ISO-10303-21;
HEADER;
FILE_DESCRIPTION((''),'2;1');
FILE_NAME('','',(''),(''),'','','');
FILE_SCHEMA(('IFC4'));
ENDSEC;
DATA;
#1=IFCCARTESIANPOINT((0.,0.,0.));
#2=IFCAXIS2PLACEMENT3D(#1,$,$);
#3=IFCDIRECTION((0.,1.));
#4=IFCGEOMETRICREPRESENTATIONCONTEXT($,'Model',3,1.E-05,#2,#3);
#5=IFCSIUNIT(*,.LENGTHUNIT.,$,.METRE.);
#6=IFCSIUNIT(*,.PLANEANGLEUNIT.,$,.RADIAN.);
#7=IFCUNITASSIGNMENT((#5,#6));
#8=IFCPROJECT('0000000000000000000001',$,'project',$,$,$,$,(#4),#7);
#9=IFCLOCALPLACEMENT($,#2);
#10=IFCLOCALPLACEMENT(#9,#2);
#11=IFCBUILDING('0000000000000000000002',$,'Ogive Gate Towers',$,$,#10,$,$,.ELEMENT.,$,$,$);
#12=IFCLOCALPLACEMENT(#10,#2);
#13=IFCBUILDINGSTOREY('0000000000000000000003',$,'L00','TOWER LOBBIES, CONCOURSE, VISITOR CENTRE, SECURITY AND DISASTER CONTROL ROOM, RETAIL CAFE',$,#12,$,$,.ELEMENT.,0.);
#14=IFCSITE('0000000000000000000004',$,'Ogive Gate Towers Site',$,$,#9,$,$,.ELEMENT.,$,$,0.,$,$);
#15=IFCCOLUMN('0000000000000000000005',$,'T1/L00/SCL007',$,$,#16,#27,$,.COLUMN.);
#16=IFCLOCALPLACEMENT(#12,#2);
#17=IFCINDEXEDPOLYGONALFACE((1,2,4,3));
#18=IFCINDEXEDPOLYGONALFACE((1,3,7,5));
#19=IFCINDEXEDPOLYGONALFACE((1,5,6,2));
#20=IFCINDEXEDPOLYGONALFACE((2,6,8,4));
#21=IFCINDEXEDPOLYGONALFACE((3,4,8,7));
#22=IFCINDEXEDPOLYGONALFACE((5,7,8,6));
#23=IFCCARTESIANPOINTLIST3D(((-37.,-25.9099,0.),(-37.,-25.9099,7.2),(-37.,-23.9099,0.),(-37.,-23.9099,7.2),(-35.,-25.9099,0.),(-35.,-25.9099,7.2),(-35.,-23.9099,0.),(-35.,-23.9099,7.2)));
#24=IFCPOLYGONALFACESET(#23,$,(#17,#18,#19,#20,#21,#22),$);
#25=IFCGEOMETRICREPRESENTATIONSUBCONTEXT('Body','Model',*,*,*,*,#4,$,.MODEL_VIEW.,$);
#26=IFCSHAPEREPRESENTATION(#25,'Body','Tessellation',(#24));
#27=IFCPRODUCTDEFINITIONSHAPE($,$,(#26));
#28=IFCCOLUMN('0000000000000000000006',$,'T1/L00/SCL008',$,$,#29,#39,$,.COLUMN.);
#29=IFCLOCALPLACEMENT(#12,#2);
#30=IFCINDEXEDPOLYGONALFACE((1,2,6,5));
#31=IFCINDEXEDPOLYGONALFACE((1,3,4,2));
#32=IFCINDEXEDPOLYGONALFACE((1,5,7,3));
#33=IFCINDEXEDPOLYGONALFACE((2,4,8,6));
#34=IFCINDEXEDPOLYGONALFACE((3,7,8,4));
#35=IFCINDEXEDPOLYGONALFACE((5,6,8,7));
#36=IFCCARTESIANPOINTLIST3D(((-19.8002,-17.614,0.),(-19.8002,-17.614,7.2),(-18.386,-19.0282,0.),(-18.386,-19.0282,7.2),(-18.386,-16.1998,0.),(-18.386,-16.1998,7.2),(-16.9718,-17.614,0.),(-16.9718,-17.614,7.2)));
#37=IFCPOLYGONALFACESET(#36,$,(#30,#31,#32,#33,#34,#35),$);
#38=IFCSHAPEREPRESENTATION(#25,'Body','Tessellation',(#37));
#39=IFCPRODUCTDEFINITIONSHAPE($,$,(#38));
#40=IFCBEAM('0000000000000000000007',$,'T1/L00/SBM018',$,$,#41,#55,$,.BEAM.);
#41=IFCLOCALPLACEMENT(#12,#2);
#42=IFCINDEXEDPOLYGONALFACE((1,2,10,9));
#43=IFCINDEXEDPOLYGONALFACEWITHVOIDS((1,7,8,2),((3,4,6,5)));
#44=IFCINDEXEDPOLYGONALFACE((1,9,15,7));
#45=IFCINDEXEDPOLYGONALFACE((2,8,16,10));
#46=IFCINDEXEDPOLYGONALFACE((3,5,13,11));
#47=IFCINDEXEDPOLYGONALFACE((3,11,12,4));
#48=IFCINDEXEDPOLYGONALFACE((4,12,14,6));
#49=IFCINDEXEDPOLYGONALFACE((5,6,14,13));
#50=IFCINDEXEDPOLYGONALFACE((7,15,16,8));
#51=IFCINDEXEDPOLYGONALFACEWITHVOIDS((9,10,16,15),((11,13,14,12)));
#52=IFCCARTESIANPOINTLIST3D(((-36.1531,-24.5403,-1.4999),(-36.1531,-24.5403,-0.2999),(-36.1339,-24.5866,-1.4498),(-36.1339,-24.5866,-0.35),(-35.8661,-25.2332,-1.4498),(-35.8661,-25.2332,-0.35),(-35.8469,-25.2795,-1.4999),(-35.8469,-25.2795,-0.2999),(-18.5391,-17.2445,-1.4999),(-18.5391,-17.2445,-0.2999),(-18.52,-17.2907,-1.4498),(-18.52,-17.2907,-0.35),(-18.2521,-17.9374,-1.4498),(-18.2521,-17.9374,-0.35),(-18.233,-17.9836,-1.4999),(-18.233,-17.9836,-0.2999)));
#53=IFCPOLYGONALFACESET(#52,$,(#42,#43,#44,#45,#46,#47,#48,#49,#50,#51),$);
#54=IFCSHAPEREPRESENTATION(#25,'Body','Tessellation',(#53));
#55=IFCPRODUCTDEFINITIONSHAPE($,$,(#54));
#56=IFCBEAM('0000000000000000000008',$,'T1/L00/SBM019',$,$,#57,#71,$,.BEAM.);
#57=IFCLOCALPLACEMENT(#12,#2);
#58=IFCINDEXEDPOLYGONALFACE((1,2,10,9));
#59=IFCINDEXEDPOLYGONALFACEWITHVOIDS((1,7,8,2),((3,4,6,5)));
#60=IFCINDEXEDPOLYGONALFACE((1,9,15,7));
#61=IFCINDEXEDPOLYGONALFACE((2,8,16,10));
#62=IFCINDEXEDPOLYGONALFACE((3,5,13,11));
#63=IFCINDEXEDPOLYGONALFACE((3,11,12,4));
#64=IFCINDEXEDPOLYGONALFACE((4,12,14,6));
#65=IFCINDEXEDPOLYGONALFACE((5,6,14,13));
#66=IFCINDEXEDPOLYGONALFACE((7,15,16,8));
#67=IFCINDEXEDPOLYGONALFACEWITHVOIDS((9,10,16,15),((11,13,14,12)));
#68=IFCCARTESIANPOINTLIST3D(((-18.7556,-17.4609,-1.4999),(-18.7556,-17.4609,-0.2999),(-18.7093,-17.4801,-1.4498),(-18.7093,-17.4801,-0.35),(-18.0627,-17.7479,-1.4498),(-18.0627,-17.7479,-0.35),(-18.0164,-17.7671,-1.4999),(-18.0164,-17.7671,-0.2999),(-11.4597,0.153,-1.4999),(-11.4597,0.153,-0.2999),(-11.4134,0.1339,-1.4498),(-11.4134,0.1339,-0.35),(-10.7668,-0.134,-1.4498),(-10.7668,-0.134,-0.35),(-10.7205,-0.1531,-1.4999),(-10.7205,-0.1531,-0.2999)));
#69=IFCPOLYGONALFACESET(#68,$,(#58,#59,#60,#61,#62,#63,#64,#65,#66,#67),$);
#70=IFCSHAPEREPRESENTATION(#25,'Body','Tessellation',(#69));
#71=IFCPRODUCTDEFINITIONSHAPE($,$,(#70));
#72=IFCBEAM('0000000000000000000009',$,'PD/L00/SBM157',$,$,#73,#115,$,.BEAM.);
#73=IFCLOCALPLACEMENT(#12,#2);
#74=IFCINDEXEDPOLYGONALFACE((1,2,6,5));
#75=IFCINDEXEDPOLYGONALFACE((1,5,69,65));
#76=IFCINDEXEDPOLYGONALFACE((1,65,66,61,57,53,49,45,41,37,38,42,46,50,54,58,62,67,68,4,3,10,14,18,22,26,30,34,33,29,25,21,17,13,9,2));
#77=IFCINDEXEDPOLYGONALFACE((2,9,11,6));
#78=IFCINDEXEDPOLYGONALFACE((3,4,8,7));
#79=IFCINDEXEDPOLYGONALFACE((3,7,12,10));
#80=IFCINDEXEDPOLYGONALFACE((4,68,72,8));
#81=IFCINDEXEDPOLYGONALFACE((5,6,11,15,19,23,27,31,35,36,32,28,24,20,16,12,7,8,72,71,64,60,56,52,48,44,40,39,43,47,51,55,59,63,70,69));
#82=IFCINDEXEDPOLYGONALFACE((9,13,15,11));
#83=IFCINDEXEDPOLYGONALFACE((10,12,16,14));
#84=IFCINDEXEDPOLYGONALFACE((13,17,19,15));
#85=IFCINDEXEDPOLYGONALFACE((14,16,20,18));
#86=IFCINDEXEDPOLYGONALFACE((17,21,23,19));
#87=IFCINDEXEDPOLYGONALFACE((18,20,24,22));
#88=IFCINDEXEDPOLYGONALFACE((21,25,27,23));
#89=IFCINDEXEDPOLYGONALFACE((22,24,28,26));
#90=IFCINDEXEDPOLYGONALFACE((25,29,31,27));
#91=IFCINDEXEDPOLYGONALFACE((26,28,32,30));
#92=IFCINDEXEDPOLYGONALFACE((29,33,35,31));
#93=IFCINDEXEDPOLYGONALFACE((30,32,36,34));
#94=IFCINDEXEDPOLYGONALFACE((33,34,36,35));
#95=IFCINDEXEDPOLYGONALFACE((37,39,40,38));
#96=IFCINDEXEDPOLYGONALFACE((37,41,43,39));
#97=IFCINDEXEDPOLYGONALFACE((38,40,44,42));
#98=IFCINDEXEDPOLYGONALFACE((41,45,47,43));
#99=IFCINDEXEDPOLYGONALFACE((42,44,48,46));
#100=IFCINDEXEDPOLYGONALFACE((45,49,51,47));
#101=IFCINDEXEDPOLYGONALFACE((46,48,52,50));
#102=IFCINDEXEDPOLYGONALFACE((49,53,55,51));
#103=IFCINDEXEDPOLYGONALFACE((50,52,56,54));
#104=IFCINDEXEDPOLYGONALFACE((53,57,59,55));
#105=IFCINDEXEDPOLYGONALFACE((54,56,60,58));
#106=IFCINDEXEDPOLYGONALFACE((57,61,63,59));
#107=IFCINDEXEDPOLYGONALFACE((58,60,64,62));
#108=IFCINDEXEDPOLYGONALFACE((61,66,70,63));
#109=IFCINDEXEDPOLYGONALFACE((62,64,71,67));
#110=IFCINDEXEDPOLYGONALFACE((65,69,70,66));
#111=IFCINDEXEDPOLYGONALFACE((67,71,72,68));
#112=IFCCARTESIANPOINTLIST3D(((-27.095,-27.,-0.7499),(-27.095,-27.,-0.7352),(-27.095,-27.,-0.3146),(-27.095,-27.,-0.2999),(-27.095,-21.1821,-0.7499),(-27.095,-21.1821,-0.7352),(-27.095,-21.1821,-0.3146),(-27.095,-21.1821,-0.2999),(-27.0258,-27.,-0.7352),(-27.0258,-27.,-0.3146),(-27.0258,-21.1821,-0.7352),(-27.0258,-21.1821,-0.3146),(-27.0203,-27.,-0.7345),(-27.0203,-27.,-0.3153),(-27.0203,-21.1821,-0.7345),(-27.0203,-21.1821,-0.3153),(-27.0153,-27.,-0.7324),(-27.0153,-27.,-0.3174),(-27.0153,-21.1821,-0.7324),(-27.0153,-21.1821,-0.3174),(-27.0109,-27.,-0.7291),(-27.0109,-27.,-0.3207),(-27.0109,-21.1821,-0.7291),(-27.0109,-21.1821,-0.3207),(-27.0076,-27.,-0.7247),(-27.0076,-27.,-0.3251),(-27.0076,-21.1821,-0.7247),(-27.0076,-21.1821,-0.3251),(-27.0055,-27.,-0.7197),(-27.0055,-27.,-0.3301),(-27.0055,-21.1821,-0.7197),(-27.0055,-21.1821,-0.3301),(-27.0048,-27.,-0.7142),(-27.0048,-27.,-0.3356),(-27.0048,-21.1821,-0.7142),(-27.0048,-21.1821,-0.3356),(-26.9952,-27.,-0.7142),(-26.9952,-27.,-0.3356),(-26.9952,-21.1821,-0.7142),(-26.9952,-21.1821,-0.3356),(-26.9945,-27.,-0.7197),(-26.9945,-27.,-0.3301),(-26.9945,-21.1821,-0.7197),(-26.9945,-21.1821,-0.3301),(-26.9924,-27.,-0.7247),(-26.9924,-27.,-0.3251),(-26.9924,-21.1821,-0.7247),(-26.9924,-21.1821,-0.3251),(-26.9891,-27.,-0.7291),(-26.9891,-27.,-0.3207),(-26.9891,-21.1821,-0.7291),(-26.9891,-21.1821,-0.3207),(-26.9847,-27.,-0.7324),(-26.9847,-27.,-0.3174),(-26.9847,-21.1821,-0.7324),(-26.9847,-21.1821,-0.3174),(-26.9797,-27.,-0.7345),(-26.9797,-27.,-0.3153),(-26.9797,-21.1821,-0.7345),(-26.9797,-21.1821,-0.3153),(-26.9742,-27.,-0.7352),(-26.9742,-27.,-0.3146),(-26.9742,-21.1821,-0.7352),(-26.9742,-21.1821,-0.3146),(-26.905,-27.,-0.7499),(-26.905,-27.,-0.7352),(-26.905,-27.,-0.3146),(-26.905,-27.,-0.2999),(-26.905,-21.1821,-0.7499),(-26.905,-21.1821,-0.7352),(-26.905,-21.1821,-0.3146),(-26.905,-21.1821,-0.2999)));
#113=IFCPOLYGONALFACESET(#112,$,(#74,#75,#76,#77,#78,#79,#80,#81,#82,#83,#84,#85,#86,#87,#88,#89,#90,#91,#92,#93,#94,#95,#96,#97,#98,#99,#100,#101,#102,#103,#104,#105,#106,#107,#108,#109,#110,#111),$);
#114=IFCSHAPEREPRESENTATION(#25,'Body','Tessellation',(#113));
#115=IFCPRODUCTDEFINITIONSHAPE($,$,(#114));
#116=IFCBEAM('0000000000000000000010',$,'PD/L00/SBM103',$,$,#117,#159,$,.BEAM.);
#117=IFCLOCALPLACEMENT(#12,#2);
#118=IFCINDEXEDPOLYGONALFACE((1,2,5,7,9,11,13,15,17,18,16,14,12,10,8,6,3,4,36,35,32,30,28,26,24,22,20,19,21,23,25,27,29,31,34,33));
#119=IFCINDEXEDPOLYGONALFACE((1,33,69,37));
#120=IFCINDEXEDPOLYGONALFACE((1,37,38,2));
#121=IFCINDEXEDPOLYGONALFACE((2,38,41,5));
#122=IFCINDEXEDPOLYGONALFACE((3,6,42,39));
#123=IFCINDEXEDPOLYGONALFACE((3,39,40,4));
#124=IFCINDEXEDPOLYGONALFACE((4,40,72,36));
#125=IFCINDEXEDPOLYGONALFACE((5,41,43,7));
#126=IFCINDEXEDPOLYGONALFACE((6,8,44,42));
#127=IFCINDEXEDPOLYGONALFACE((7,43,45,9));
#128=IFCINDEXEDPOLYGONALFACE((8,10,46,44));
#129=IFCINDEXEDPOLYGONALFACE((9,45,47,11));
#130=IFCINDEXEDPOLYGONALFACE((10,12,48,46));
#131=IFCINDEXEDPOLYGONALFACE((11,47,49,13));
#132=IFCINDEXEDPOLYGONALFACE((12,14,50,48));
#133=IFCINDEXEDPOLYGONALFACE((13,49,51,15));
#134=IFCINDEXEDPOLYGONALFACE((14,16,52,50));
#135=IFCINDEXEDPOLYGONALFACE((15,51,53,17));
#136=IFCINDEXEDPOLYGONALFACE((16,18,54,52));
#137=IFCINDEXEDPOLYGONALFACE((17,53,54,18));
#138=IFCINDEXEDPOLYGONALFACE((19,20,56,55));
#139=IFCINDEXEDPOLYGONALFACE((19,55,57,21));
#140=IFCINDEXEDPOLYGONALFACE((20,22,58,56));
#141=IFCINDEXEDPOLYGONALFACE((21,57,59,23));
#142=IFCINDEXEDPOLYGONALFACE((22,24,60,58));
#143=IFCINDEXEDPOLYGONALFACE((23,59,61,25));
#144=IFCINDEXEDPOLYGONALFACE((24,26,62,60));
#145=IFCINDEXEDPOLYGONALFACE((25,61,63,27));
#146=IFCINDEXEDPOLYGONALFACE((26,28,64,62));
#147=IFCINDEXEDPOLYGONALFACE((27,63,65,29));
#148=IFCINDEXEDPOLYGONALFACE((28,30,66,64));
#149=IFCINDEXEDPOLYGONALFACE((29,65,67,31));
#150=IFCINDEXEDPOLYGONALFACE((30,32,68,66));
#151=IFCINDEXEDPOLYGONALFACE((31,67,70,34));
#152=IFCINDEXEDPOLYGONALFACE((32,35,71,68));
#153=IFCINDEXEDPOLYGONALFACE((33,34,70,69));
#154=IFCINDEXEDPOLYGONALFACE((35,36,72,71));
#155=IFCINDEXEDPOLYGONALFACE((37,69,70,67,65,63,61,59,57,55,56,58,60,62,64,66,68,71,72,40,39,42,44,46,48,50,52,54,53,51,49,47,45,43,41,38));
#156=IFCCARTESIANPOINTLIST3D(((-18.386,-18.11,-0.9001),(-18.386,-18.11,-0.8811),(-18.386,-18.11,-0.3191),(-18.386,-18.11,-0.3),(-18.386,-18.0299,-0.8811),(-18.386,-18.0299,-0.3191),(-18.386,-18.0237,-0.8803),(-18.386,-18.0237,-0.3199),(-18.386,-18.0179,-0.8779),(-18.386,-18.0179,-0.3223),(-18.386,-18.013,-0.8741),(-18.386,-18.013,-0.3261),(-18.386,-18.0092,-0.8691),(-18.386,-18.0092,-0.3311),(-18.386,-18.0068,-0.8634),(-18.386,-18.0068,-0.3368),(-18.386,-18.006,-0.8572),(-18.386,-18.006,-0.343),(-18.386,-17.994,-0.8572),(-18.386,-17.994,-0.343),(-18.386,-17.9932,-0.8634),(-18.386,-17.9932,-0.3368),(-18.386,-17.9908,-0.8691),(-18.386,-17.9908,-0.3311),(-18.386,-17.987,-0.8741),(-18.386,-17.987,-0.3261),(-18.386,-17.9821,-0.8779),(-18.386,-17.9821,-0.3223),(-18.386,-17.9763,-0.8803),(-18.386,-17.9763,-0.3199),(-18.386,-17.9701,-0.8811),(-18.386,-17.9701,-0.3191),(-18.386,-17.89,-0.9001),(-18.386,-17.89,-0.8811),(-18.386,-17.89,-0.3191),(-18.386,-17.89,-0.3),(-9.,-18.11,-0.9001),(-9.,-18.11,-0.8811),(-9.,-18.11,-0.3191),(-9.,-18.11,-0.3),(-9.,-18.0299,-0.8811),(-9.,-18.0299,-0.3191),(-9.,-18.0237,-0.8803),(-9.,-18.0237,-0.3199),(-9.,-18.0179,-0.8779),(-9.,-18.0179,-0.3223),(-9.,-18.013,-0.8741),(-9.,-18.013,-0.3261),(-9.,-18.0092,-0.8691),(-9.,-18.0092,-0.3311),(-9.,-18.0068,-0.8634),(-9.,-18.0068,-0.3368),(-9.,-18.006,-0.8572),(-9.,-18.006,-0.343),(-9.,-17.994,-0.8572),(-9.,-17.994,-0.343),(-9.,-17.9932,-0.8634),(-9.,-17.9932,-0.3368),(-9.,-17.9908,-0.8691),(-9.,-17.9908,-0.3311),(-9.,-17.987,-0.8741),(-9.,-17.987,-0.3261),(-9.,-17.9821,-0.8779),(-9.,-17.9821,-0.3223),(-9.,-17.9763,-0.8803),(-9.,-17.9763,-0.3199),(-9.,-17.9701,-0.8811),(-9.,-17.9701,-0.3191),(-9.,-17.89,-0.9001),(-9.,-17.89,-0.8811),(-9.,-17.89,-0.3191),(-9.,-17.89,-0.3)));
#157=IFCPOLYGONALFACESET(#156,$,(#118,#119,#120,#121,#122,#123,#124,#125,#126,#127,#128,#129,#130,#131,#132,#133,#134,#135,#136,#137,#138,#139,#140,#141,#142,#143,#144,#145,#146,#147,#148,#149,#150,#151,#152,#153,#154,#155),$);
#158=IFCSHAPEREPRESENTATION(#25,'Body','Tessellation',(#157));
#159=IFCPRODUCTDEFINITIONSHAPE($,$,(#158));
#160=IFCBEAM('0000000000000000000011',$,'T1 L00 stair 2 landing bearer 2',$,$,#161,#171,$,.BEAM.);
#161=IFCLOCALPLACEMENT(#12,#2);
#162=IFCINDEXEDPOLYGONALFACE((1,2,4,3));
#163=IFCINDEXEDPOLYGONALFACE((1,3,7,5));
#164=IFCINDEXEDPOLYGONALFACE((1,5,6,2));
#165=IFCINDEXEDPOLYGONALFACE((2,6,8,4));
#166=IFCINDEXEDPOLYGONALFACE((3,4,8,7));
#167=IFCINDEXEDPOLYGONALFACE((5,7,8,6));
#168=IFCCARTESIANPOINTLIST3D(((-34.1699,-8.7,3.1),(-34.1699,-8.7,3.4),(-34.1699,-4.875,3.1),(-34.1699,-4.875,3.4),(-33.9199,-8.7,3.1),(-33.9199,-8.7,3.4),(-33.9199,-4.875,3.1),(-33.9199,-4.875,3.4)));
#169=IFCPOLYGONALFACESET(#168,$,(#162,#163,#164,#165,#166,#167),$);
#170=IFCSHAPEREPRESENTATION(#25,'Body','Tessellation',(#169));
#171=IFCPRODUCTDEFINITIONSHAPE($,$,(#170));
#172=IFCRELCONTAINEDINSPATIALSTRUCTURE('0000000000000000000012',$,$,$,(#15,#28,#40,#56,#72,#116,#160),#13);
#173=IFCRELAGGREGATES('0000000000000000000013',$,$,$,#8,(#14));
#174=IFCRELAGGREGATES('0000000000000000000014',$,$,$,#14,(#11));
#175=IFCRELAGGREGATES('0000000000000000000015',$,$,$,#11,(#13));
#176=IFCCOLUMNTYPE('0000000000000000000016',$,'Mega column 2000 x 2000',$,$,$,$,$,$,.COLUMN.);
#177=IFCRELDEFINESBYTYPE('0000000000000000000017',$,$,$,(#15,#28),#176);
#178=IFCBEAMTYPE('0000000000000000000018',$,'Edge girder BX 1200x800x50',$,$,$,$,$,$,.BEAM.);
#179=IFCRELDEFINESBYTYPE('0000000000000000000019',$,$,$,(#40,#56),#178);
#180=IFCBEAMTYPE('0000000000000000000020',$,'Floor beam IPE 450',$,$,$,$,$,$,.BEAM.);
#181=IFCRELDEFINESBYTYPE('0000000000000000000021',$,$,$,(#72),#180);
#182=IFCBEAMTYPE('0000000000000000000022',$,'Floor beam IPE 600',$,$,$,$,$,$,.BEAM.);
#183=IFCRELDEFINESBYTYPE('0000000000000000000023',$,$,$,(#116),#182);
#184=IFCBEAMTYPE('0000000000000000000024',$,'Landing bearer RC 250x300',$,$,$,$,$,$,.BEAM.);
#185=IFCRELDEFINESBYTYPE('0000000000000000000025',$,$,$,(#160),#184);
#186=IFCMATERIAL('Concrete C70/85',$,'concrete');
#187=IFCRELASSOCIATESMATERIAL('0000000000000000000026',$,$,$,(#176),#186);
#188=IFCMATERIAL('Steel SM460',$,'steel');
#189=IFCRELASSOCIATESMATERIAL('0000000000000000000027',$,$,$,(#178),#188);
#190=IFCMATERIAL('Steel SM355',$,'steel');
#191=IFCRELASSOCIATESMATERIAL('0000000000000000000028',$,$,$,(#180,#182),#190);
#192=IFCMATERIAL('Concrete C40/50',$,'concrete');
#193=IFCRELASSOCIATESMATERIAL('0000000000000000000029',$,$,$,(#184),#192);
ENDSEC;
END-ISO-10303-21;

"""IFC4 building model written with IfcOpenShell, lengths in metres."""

from ifc_helpers import new_model, si_unit, direction, frame, origin, origin_2d, place, context, subcontext, project, spatial, rectangle, hollow_rectangle, i_section, extrude, material, material_profile, profile_set, type_object, element, save


model = new_model("IFC4")

# Units and contexts
model_context = context("Model", 3, precision=1e-05, world=origin(), true_north=direction((0.0, 1.0)))
body_context = subcontext(model_context, "Body", "Model", "MODEL_VIEW")
ifc_project = project(units=[si_unit("LENGTHUNIT", "METRE"), si_unit("PLANEANGLEUNIT", "RADIAN")], contexts=[model_context])

# Site, building, storey
site_placement = place(None, origin())
site = spatial("IfcSite", under=ifc_project, at=site_placement, Name="Ogive Gate Towers Site", CompositionType="ELEMENT", RefElevation=0.0)
building_placement = place(site_placement, origin())
building = spatial("IfcBuilding", under=site, at=building_placement, Name="Ogive Gate Towers", CompositionType="ELEMENT")
storey_placement = place(building_placement, origin())
storey = spatial("IfcBuildingStorey", under=building, at=storey_placement, Name="L00", Description="TOWER LOBBIES, CONCOURSE, VISITOR CENTRE, SECURITY AND DISASTER CONTROL ROOM, RETAIL CAFE", CompositionType="ELEMENT", Elevation=0.0)

# Columns
ifc_material_1 = material(Name="Concrete C70/85", Category="concrete")
ifc_material_profile_1 = material_profile(ifc_material_1, rectangle(XDim=2.0, YDim=2.0, at=origin_2d()), Name="RC 2000x2000")
ifc_profile_set_1 = profile_set([ifc_material_profile_1], Name="Concrete C70/85")
column_type = type_object("IfcColumnType", Name="Mega column 2000 x 2000", PredefinedType="COLUMN", material=ifc_profile_set_1)
for number, where, z_axis, x_axis, name in (
    (1, (-36.0, -24.9099, 0.0), (0.0, 0.0, 1.0), (0.0, -1.0, 0.0), "T1/L00/SCL007"),
    (2, (-18.386, -17.614, 0.0), (0.0, 0.0, 1.0), (0.707107, -0.707107, 0.0), "T1/L00/SCL008"),
):
    element("IfcColumn", number, at=place(storey_placement, frame(where, z_axis=z_axis, x_axis=x_axis)), inside=storey, type_object=column_type, Name=name, PredefinedType="COLUMN", context=body_context, shape_type="SweptSolid", body=[
        extrude(rectangle(XDim=2.0, YDim=2.0, at=origin_2d()), origin(), (0.0, 0.0, 1.0), 7.2),
    ])

# Beams
ifc_material_2 = material(Name="Steel SM460", Category="steel")
ifc_material_profile_2 = material_profile(ifc_material_2, hollow_rectangle(XDim=0.8, YDim=1.2, WallThickness=0.05, at=origin_2d()), Name="BX 1200x800x50")
ifc_profile_set_2 = profile_set([ifc_material_profile_2], Name="Steel SM460")
beam_type_1 = type_object("IfcBeamType", Name="Edge girder BX 1200x800x50", PredefinedType="BEAM", material=ifc_profile_set_2)
for number, where, z_axis, x_axis, name in (
    (3, (-36.0, -24.9099, -0.8999), (0.923881, 0.382681, 0.0), (-0.382681, 0.923881, 0.0), "T1/L00/SBM018"),
    (4, (-18.386, -17.614, -0.8999), (0.382681, 0.923881, 0.0), (-0.923881, 0.382681, 0.0), "T1/L00/SBM019"),
):
    element("IfcBeam", number, at=place(storey_placement, frame(where, z_axis=z_axis, x_axis=x_axis)), inside=storey, type_object=beam_type_1, Name=name, PredefinedType="BEAM", context=body_context, shape_type="SweptSolid", body=[
        extrude(hollow_rectangle(XDim=0.8, YDim=1.2, WallThickness=0.05, at=origin_2d()), origin(), (0.0, 0.0, 1.0), 19.0652),
    ])
ifc_material_3 = material(Name="Steel SM355", Category="steel")
ifc_material_profile_3 = material_profile(ifc_material_3, i_section(OverallWidth=0.1899, OverallDepth=0.45, WebThickness=0.0095, FlangeThickness=0.0146, FilletRadius=0.021, at=origin_2d()), Name="IPE 450")
ifc_profile_set_3 = profile_set([ifc_material_profile_3], Name="Steel SM355")
beam_type_2 = type_object("IfcBeamType", Name="Floor beam IPE 450", PredefinedType="BEAM", material=ifc_profile_set_3)
beam_1_placement = place(storey_placement, frame((-27.0, -27.0, -0.5249), z_axis=(0.0, 1.0, 0.0), x_axis=(-1.0, 0.0, 0.0)))
element("IfcBeam", 5, at=beam_1_placement, inside=storey, type_object=beam_type_2, Name="PD/L00/SBM157", PredefinedType="BEAM", context=body_context, shape_type="SweptSolid", body=[
    extrude(i_section(OverallWidth=0.1899, OverallDepth=0.45, WebThickness=0.0095, FlangeThickness=0.0146, FilletRadius=0.021, at=origin_2d()), origin(), (0.0, 0.0, 1.0), 5.8179),
])
ifc_material_profile_4 = material_profile(ifc_material_3, i_section(OverallWidth=0.22, OverallDepth=0.6001, WebThickness=0.012, FlangeThickness=0.019, FilletRadius=0.0239, at=origin_2d()), Name="IPE 600")
ifc_profile_set_4 = profile_set([ifc_material_profile_4], Name="Steel SM355")
beam_type_3 = type_object("IfcBeamType", Name="Floor beam IPE 600", PredefinedType="BEAM", material=ifc_profile_set_4)
beam_2_placement = place(storey_placement, frame((-18.386, -18.0, -0.6001), z_axis=(1.0, 0.0, 0.0), x_axis=(0.0, 1.0, 0.0)))
element("IfcBeam", 6, at=beam_2_placement, inside=storey, type_object=beam_type_3, Name="PD/L00/SBM103", PredefinedType="BEAM", context=body_context, shape_type="SweptSolid", body=[
    extrude(i_section(OverallWidth=0.22, OverallDepth=0.6001, WebThickness=0.012, FlangeThickness=0.019, FilletRadius=0.0239, at=origin_2d()), origin(), (0.0, 0.0, 1.0), 9.386),
])
ifc_material_4 = material(Name="Concrete C40/50", Category="concrete")
ifc_material_profile_5 = material_profile(ifc_material_4, rectangle(XDim=0.25, YDim=0.3, at=origin_2d()), Name="RC 250x300")
ifc_profile_set_5 = profile_set([ifc_material_profile_5], Name="Concrete C40/50")
beam_type_4 = type_object("IfcBeamType", Name="Landing bearer RC 250x300", PredefinedType="BEAM", material=ifc_profile_set_5)
beam_3_placement = place(storey_placement, frame((-34.0449, -8.7, 3.25), z_axis=(0.0, 1.0, 0.0), x_axis=(-1.0, 0.0, 0.0)))
element("IfcBeam", 7, at=beam_3_placement, inside=storey, type_object=beam_type_4, Name="T1 L00 stair 2 landing bearer 2", PredefinedType="BEAM", context=body_context, shape_type="SweptSolid", body=[
    extrude(rectangle(XDim=0.25, YDim=0.3, at=origin_2d()), origin(), (0.0, 0.0, 1.0), 3.825),
])

save(model, "model.ifc")
